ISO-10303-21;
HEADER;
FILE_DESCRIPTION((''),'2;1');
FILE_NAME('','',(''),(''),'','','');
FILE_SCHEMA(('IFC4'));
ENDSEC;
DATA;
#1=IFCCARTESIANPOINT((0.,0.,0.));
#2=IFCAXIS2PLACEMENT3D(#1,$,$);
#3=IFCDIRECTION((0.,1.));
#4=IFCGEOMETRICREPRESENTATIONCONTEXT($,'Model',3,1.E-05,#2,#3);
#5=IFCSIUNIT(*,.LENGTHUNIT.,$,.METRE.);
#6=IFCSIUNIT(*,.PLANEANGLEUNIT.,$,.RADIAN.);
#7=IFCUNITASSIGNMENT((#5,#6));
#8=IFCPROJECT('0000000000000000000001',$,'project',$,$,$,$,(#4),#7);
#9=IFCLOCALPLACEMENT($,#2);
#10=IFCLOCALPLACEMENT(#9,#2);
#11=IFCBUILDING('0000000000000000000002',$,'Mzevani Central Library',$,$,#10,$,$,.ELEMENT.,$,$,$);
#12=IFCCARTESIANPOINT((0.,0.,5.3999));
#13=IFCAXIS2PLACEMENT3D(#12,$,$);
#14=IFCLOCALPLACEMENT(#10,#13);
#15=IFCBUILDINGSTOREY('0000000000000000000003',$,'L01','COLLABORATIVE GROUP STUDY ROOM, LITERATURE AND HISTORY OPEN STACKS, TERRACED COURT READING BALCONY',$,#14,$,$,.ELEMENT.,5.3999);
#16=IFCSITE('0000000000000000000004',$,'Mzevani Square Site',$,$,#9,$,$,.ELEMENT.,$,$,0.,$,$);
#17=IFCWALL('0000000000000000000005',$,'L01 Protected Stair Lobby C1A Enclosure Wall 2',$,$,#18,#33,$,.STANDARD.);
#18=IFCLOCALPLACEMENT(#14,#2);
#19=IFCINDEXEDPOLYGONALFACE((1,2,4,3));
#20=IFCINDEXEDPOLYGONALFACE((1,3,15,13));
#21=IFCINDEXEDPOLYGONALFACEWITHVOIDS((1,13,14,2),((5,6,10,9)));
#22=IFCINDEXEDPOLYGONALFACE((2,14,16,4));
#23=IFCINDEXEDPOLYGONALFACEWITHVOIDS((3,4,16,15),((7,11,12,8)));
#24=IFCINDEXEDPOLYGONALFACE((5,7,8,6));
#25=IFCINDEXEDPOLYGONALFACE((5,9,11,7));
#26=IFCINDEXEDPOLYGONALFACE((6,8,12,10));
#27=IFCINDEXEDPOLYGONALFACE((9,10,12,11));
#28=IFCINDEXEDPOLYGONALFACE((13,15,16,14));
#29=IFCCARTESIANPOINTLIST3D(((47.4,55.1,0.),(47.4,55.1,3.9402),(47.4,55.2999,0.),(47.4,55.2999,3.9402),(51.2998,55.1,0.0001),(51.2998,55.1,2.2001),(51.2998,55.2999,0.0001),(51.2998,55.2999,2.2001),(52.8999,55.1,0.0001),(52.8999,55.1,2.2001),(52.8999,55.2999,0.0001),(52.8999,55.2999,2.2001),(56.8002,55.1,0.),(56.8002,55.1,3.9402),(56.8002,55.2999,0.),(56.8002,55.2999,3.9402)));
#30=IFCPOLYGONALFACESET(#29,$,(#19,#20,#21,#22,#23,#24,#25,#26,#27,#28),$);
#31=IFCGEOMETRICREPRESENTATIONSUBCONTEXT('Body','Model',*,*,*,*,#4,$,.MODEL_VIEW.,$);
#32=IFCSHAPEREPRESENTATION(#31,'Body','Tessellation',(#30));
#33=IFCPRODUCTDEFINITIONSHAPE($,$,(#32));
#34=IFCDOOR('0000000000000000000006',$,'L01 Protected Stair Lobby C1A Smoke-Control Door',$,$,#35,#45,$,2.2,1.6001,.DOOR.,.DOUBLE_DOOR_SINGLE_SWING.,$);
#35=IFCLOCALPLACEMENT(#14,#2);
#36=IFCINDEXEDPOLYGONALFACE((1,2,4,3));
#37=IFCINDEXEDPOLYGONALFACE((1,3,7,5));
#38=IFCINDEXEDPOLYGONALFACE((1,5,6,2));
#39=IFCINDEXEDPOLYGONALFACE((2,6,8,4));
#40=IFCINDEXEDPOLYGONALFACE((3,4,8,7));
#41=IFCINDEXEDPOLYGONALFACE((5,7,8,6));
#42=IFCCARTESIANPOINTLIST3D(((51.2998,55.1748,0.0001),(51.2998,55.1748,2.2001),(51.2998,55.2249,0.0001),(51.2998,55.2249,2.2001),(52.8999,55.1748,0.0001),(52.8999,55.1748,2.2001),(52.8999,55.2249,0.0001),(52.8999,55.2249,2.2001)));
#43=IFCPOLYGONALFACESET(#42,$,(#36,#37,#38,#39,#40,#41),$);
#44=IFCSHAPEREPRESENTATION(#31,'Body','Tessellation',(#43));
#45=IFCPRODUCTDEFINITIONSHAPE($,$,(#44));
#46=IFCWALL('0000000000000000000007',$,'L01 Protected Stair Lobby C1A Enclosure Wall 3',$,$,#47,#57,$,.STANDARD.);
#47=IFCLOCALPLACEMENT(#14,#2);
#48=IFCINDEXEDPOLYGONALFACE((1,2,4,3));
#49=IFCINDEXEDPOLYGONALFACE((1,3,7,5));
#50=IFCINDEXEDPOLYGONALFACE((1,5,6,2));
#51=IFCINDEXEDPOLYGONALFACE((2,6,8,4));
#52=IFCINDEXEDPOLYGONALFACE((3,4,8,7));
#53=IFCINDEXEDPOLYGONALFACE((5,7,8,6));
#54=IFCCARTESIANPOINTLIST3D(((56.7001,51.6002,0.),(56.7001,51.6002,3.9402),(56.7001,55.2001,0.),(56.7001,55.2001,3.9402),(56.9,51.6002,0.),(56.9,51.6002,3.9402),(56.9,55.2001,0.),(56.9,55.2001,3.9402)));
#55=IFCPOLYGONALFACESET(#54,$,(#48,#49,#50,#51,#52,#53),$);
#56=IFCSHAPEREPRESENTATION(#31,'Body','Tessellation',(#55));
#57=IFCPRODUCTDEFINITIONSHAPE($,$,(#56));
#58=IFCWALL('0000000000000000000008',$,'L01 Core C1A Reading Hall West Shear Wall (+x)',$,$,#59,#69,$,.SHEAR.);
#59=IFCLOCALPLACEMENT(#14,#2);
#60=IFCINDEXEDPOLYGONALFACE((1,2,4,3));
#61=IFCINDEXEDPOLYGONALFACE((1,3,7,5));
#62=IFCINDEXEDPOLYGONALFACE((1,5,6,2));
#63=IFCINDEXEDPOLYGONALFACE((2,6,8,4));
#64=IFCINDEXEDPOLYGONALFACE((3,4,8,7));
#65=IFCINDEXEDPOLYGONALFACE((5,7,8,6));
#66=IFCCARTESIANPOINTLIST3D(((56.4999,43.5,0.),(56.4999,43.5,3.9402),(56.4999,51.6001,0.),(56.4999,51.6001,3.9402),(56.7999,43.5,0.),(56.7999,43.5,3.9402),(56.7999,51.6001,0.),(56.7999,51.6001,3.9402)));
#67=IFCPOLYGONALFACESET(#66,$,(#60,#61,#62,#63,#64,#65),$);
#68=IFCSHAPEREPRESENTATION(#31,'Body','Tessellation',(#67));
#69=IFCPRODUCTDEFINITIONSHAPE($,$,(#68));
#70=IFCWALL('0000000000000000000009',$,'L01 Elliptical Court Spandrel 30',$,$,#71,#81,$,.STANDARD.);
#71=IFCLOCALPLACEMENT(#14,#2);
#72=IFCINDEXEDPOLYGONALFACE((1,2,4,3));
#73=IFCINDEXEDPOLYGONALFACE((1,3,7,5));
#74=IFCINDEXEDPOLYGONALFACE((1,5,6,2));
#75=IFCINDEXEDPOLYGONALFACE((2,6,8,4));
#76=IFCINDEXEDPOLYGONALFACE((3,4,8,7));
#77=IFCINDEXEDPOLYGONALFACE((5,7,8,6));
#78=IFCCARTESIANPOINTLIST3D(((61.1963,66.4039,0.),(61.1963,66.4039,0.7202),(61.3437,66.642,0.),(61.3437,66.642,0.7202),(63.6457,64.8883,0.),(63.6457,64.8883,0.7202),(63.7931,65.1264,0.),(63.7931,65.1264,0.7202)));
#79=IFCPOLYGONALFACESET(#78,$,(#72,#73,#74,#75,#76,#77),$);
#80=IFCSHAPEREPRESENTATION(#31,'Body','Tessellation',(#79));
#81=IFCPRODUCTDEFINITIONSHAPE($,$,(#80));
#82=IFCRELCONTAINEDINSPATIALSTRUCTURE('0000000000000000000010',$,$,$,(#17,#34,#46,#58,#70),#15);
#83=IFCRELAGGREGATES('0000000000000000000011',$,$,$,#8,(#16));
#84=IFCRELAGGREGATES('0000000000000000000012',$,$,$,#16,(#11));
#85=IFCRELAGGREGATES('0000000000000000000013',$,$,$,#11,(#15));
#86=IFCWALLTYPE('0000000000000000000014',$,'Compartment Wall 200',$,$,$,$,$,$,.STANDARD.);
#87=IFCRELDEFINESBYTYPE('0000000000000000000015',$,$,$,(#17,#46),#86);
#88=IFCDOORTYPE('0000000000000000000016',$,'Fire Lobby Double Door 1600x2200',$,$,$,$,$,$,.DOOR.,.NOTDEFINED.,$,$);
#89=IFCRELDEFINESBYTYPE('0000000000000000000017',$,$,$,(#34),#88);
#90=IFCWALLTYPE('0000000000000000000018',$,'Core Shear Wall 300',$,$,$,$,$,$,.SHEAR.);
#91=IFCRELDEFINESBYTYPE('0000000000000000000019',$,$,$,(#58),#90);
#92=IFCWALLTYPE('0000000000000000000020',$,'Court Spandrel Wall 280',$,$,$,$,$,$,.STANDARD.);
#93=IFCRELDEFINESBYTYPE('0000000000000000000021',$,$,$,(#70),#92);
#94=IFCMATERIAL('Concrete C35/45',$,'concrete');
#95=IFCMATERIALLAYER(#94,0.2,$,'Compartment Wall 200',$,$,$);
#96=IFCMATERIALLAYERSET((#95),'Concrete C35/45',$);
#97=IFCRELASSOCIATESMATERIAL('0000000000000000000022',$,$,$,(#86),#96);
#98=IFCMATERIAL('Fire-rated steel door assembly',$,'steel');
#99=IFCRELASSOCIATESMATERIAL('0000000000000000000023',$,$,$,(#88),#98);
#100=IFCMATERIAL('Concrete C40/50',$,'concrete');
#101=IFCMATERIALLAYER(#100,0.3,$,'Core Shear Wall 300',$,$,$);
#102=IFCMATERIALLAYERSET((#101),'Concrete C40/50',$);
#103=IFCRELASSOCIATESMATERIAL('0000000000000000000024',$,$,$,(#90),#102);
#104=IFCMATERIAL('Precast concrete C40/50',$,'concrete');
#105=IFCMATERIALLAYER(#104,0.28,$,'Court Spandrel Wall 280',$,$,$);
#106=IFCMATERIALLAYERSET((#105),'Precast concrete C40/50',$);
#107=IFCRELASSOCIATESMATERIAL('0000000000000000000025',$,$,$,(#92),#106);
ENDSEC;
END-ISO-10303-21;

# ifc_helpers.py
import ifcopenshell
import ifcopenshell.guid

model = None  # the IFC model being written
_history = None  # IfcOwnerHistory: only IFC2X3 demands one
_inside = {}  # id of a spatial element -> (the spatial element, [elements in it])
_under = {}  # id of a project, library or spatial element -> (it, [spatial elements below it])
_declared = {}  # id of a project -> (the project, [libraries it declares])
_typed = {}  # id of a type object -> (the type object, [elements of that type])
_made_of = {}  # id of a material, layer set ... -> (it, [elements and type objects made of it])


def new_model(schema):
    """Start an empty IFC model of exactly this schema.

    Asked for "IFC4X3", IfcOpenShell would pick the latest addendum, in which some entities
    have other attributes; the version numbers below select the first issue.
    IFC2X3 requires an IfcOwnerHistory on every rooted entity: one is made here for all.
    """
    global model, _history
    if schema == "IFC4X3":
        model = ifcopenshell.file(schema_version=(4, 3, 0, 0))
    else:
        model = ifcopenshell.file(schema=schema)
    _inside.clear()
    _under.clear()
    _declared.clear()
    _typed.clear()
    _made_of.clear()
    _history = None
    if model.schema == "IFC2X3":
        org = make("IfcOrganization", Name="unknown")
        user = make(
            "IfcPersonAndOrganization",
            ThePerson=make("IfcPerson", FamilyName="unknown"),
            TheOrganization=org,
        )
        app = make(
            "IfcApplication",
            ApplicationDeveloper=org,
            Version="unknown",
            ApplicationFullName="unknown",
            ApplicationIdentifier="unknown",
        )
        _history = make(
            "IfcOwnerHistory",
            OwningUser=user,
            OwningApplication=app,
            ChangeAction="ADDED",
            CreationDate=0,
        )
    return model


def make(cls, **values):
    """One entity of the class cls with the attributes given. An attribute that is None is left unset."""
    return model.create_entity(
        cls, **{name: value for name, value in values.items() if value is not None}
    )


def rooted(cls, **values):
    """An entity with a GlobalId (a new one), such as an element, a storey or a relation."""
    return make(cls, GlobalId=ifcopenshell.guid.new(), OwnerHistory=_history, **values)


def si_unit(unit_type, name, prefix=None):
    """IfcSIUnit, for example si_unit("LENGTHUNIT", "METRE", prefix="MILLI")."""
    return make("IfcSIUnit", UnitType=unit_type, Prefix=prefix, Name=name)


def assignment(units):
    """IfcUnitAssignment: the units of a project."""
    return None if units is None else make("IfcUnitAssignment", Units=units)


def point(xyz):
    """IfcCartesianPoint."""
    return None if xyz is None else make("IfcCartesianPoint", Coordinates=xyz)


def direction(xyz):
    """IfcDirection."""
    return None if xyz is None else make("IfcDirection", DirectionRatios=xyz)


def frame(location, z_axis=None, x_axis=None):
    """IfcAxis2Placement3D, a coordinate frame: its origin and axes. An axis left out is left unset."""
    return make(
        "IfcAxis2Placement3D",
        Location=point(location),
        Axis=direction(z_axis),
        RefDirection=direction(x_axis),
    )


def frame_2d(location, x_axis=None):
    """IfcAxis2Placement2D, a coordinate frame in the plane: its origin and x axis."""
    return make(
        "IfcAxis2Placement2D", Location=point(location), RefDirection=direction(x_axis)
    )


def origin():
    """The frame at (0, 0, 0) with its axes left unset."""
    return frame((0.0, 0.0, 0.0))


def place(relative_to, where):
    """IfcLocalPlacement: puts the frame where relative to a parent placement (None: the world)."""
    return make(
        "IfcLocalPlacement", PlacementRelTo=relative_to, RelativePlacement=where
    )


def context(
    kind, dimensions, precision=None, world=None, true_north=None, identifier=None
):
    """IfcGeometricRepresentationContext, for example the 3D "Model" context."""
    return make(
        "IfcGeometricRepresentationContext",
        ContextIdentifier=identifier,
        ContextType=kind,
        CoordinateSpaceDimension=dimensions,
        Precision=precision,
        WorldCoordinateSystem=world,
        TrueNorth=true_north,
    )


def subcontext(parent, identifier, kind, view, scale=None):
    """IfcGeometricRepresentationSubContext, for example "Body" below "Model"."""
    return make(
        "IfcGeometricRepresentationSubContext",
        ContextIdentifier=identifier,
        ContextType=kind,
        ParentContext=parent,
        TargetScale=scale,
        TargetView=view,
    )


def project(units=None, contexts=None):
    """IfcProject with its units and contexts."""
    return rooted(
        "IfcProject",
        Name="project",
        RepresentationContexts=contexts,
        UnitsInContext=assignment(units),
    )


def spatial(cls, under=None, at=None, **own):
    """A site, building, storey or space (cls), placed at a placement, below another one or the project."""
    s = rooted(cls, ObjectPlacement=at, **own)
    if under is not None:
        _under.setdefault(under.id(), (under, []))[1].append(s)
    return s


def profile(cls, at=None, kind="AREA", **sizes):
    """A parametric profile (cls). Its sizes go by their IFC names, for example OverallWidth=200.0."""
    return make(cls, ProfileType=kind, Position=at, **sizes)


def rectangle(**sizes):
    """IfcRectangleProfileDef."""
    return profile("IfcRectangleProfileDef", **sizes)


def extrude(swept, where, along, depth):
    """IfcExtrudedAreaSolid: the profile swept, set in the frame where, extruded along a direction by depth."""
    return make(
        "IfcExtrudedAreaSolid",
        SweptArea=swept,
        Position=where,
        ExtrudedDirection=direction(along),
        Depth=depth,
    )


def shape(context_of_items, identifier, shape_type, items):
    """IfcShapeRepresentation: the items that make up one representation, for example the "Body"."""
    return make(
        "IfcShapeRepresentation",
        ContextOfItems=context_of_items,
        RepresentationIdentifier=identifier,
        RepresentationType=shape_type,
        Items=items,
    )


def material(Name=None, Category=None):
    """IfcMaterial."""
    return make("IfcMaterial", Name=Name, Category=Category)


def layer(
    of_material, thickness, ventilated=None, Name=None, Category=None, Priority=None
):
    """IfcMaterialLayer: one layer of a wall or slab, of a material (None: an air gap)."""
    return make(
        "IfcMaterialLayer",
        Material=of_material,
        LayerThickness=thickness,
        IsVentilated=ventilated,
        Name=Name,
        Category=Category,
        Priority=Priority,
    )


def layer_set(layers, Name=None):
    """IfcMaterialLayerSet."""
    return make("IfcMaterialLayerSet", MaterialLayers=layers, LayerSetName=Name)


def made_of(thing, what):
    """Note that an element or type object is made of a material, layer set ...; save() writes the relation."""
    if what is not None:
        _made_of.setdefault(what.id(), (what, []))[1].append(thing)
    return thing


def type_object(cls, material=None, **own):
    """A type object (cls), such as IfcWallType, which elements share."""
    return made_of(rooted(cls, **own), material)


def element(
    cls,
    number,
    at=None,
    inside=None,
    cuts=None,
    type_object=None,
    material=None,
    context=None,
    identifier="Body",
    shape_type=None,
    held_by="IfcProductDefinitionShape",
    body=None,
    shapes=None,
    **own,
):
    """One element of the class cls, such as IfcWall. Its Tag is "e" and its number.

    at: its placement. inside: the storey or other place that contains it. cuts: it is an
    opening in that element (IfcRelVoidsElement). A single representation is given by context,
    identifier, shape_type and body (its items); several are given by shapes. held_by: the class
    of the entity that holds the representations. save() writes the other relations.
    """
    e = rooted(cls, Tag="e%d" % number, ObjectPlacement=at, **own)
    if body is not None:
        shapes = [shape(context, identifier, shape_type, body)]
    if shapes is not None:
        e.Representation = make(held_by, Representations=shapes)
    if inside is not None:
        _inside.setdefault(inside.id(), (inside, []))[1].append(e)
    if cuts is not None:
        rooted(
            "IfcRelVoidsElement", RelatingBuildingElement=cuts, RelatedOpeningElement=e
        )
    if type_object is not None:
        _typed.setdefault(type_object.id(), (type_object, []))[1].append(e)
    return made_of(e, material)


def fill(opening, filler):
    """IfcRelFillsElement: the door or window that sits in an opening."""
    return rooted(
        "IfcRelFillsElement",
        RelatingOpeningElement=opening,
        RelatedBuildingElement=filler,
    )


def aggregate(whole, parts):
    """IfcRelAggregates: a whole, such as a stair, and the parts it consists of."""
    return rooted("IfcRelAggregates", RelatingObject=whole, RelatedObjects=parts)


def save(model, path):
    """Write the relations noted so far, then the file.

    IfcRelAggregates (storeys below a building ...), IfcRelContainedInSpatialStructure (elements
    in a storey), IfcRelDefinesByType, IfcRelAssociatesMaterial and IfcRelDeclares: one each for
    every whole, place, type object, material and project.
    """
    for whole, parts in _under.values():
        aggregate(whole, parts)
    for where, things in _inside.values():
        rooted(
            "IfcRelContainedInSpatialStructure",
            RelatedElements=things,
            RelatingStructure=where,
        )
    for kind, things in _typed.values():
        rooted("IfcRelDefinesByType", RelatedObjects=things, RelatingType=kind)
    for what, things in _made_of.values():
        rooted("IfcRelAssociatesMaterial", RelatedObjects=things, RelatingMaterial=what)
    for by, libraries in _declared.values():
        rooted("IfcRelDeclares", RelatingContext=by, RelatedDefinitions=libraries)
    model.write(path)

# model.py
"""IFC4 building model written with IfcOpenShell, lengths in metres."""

from ifc_helpers import new_model, si_unit, direction, frame, frame_2d, origin, place, context, subcontext, project, spatial, rectangle, extrude, material, layer, layer_set, type_object, element, fill, save


model = new_model("IFC4")

# Units and contexts
model_context = context("Model", 3, precision=1e-05, world=origin(), true_north=direction((0.0, 1.0)))
body_context = subcontext(model_context, "Body", "Model", "MODEL_VIEW")
ifc_project = project(units=[si_unit("LENGTHUNIT", "METRE"), si_unit("PLANEANGLEUNIT", "RADIAN")], contexts=[model_context])

# Site, building, storey
site_placement = place(None, origin())
site = spatial("IfcSite", under=ifc_project, at=site_placement, Name="Mzevani Square Site", CompositionType="ELEMENT", RefElevation=0.0)
building_placement = place(site_placement, origin())
building = spatial("IfcBuilding", under=site, at=building_placement, Name="Mzevani Central Library", CompositionType="ELEMENT")
storey_placement = place(building_placement, frame((0.0, 0.0, 5.3999)))
storey = spatial("IfcBuildingStorey", under=building, at=storey_placement, Name="L01", Description="COLLABORATIVE GROUP STUDY ROOM, LITERATURE AND HISTORY OPEN STACKS, TERRACED COURT READING BALCONY", CompositionType="ELEMENT", Elevation=5.3999)

# Shared definitions
ifc_material_1 = material(Name="Concrete C40/50", Category="concrete")

# Shared definitions
ifc_material_2 = material(Name="Concrete C35/45", Category="concrete")

# Shared definitions
ifc_layer_1 = layer(ifc_material_2, 0.2, Name="Compartment Wall 200")
ifc_layer_set_1 = layer_set([ifc_layer_1], Name="Concrete C35/45")
wall_type_1 = type_object("IfcWallType", Name="Compartment Wall 200", PredefinedType="STANDARD", material=ifc_layer_set_1)

# Wall, opening, door
wall_1_placement = place(storey_placement, frame((47.3999, 55.2, 0.0), z_axis=(0.0, 0.0, 1.0), x_axis=(1.0, 0.0, 0.0)))
wall_1 = element("IfcWall", 1, at=wall_1_placement, inside=storey, type_object=wall_type_1, Name="L01 Protected Stair Lobby C1A Enclosure Wall 2", PredefinedType="STANDARD", context=body_context, shape_type="SweptSolid", body=[
    extrude(rectangle(XDim=9.4001, YDim=0.2, at=frame_2d((4.7002, 0.0))), origin(), (0.0, 0.0, 1.0), 3.9402),
])
opening_1_placement = place(wall_1_placement, frame((3.8999, 0.0, 0.0)))
opening_1 = element("IfcOpeningElement", 2, at=opening_1_placement, cuts=wall_1, PredefinedType="OPENING", context=body_context, shape_type="SweptSolid", body=[
    extrude(rectangle(XDim=1.6001, YDim=2.2, at=frame_2d((0.8, 1.1001))), frame((0.0, 0.1099, 0.0), z_axis=(0.0, -1.0, 0.0), x_axis=(1.0, 0.0, 0.0)), (0.0, 0.0, 1.0), 0.22),
])
ifc_material_3 = material(Name="Fire-rated steel door assembly", Category="steel")
door_type_1 = type_object("IfcDoorType", Name="Fire Lobby Double Door 1600x2200", OperationType="NOTDEFINED", PredefinedType="DOOR", material=ifc_material_3)
door_1_placement = place(opening_1_placement, origin())
door_1 = element("IfcDoor", 3, at=door_1_placement, inside=storey, type_object=door_type_1, Name="L01 Protected Stair Lobby C1A Smoke-Control Door", OperationType="DOUBLE_DOOR_SINGLE_SWING", OverallHeight=2.2, OverallWidth=1.6001, PredefinedType="DOOR", context=body_context, shape_type="SweptSolid", body=[
    extrude(rectangle(XDim=1.6001, YDim=2.2, at=frame_2d((0.8, 1.1001))), frame((0.0, 0.0249, 0.0), z_axis=(0.0, -1.0, 0.0), x_axis=(1.0, 0.0, 0.0)), (0.0, 0.0, 1.0), 0.05),
])
fill(opening_1, door_1)

# Wall
wall_2_placement = place(storey_placement, frame((56.8, 55.2, 0.0), z_axis=(0.0, 0.0, 1.0), x_axis=(0.0, -1.0, 0.0)))
element("IfcWall", 4, at=wall_2_placement, inside=storey, type_object=wall_type_1, Name="L01 Protected Stair Lobby C1A Enclosure Wall 3", PredefinedType="STANDARD", context=body_context, shape_type="SweptSolid", body=[
    extrude(rectangle(XDim=3.5999, YDim=0.2, at=frame_2d((1.7998, 0.0))), origin(), (0.0, 0.0, 1.0), 3.9402),
])

# Shared definitions
ifc_layer_2 = layer(ifc_material_1, 0.3, Name="Core Shear Wall 300")
ifc_layer_set_2 = layer_set([ifc_layer_2], Name="Concrete C40/50")
wall_type_2 = type_object("IfcWallType", Name="Core Shear Wall 300", PredefinedType="SHEAR", material=ifc_layer_set_2)

# Walls
wall_3_placement = place(storey_placement, frame((56.6499, 51.6001, 0.0), z_axis=(0.0, 0.0, 1.0), x_axis=(0.0, -1.0, 0.0)))
element("IfcWall", 5, at=wall_3_placement, inside=storey, type_object=wall_type_2, Name="L01 Core C1A Reading Hall West Shear Wall (+x)", PredefinedType="SHEAR", context=body_context, shape_type="SweptSolid", body=[
    extrude(rectangle(XDim=8.1001, YDim=0.3, at=frame_2d((4.05, 0.0))), origin(), (0.0, 0.0, 1.0), 3.9402),
])
ifc_material_4 = material(Name="Precast concrete C40/50", Category="concrete")
ifc_layer_3 = layer(ifc_material_4, 0.28, Name="Court Spandrel Wall 280")
ifc_layer_set_3 = layer_set([ifc_layer_3], Name="Precast concrete C40/50")
wall_type_3 = type_object("IfcWallType", Name="Court Spandrel Wall 280", PredefinedType="STANDARD", material=ifc_layer_set_3)
wall_4_placement = place(storey_placement, frame((61.27, 66.5229, 0.0), z_axis=(0.0, 0.0, 1.0), x_axis=(0.850375, -0.526177, 0.0)))
element("IfcWall", 6, at=wall_4_placement, inside=storey, type_object=wall_type_3, Name="L01 Elliptical Court Spandrel 30", PredefinedType="STANDARD", context=body_context, shape_type="SweptSolid", body=[
    extrude(rectangle(XDim=2.8804, YDim=0.28, at=frame_2d((1.4402, 0.0))), origin(), (0.0, 0.0, 1.0), 0.7202),
])

save(model, "model.ifc")
